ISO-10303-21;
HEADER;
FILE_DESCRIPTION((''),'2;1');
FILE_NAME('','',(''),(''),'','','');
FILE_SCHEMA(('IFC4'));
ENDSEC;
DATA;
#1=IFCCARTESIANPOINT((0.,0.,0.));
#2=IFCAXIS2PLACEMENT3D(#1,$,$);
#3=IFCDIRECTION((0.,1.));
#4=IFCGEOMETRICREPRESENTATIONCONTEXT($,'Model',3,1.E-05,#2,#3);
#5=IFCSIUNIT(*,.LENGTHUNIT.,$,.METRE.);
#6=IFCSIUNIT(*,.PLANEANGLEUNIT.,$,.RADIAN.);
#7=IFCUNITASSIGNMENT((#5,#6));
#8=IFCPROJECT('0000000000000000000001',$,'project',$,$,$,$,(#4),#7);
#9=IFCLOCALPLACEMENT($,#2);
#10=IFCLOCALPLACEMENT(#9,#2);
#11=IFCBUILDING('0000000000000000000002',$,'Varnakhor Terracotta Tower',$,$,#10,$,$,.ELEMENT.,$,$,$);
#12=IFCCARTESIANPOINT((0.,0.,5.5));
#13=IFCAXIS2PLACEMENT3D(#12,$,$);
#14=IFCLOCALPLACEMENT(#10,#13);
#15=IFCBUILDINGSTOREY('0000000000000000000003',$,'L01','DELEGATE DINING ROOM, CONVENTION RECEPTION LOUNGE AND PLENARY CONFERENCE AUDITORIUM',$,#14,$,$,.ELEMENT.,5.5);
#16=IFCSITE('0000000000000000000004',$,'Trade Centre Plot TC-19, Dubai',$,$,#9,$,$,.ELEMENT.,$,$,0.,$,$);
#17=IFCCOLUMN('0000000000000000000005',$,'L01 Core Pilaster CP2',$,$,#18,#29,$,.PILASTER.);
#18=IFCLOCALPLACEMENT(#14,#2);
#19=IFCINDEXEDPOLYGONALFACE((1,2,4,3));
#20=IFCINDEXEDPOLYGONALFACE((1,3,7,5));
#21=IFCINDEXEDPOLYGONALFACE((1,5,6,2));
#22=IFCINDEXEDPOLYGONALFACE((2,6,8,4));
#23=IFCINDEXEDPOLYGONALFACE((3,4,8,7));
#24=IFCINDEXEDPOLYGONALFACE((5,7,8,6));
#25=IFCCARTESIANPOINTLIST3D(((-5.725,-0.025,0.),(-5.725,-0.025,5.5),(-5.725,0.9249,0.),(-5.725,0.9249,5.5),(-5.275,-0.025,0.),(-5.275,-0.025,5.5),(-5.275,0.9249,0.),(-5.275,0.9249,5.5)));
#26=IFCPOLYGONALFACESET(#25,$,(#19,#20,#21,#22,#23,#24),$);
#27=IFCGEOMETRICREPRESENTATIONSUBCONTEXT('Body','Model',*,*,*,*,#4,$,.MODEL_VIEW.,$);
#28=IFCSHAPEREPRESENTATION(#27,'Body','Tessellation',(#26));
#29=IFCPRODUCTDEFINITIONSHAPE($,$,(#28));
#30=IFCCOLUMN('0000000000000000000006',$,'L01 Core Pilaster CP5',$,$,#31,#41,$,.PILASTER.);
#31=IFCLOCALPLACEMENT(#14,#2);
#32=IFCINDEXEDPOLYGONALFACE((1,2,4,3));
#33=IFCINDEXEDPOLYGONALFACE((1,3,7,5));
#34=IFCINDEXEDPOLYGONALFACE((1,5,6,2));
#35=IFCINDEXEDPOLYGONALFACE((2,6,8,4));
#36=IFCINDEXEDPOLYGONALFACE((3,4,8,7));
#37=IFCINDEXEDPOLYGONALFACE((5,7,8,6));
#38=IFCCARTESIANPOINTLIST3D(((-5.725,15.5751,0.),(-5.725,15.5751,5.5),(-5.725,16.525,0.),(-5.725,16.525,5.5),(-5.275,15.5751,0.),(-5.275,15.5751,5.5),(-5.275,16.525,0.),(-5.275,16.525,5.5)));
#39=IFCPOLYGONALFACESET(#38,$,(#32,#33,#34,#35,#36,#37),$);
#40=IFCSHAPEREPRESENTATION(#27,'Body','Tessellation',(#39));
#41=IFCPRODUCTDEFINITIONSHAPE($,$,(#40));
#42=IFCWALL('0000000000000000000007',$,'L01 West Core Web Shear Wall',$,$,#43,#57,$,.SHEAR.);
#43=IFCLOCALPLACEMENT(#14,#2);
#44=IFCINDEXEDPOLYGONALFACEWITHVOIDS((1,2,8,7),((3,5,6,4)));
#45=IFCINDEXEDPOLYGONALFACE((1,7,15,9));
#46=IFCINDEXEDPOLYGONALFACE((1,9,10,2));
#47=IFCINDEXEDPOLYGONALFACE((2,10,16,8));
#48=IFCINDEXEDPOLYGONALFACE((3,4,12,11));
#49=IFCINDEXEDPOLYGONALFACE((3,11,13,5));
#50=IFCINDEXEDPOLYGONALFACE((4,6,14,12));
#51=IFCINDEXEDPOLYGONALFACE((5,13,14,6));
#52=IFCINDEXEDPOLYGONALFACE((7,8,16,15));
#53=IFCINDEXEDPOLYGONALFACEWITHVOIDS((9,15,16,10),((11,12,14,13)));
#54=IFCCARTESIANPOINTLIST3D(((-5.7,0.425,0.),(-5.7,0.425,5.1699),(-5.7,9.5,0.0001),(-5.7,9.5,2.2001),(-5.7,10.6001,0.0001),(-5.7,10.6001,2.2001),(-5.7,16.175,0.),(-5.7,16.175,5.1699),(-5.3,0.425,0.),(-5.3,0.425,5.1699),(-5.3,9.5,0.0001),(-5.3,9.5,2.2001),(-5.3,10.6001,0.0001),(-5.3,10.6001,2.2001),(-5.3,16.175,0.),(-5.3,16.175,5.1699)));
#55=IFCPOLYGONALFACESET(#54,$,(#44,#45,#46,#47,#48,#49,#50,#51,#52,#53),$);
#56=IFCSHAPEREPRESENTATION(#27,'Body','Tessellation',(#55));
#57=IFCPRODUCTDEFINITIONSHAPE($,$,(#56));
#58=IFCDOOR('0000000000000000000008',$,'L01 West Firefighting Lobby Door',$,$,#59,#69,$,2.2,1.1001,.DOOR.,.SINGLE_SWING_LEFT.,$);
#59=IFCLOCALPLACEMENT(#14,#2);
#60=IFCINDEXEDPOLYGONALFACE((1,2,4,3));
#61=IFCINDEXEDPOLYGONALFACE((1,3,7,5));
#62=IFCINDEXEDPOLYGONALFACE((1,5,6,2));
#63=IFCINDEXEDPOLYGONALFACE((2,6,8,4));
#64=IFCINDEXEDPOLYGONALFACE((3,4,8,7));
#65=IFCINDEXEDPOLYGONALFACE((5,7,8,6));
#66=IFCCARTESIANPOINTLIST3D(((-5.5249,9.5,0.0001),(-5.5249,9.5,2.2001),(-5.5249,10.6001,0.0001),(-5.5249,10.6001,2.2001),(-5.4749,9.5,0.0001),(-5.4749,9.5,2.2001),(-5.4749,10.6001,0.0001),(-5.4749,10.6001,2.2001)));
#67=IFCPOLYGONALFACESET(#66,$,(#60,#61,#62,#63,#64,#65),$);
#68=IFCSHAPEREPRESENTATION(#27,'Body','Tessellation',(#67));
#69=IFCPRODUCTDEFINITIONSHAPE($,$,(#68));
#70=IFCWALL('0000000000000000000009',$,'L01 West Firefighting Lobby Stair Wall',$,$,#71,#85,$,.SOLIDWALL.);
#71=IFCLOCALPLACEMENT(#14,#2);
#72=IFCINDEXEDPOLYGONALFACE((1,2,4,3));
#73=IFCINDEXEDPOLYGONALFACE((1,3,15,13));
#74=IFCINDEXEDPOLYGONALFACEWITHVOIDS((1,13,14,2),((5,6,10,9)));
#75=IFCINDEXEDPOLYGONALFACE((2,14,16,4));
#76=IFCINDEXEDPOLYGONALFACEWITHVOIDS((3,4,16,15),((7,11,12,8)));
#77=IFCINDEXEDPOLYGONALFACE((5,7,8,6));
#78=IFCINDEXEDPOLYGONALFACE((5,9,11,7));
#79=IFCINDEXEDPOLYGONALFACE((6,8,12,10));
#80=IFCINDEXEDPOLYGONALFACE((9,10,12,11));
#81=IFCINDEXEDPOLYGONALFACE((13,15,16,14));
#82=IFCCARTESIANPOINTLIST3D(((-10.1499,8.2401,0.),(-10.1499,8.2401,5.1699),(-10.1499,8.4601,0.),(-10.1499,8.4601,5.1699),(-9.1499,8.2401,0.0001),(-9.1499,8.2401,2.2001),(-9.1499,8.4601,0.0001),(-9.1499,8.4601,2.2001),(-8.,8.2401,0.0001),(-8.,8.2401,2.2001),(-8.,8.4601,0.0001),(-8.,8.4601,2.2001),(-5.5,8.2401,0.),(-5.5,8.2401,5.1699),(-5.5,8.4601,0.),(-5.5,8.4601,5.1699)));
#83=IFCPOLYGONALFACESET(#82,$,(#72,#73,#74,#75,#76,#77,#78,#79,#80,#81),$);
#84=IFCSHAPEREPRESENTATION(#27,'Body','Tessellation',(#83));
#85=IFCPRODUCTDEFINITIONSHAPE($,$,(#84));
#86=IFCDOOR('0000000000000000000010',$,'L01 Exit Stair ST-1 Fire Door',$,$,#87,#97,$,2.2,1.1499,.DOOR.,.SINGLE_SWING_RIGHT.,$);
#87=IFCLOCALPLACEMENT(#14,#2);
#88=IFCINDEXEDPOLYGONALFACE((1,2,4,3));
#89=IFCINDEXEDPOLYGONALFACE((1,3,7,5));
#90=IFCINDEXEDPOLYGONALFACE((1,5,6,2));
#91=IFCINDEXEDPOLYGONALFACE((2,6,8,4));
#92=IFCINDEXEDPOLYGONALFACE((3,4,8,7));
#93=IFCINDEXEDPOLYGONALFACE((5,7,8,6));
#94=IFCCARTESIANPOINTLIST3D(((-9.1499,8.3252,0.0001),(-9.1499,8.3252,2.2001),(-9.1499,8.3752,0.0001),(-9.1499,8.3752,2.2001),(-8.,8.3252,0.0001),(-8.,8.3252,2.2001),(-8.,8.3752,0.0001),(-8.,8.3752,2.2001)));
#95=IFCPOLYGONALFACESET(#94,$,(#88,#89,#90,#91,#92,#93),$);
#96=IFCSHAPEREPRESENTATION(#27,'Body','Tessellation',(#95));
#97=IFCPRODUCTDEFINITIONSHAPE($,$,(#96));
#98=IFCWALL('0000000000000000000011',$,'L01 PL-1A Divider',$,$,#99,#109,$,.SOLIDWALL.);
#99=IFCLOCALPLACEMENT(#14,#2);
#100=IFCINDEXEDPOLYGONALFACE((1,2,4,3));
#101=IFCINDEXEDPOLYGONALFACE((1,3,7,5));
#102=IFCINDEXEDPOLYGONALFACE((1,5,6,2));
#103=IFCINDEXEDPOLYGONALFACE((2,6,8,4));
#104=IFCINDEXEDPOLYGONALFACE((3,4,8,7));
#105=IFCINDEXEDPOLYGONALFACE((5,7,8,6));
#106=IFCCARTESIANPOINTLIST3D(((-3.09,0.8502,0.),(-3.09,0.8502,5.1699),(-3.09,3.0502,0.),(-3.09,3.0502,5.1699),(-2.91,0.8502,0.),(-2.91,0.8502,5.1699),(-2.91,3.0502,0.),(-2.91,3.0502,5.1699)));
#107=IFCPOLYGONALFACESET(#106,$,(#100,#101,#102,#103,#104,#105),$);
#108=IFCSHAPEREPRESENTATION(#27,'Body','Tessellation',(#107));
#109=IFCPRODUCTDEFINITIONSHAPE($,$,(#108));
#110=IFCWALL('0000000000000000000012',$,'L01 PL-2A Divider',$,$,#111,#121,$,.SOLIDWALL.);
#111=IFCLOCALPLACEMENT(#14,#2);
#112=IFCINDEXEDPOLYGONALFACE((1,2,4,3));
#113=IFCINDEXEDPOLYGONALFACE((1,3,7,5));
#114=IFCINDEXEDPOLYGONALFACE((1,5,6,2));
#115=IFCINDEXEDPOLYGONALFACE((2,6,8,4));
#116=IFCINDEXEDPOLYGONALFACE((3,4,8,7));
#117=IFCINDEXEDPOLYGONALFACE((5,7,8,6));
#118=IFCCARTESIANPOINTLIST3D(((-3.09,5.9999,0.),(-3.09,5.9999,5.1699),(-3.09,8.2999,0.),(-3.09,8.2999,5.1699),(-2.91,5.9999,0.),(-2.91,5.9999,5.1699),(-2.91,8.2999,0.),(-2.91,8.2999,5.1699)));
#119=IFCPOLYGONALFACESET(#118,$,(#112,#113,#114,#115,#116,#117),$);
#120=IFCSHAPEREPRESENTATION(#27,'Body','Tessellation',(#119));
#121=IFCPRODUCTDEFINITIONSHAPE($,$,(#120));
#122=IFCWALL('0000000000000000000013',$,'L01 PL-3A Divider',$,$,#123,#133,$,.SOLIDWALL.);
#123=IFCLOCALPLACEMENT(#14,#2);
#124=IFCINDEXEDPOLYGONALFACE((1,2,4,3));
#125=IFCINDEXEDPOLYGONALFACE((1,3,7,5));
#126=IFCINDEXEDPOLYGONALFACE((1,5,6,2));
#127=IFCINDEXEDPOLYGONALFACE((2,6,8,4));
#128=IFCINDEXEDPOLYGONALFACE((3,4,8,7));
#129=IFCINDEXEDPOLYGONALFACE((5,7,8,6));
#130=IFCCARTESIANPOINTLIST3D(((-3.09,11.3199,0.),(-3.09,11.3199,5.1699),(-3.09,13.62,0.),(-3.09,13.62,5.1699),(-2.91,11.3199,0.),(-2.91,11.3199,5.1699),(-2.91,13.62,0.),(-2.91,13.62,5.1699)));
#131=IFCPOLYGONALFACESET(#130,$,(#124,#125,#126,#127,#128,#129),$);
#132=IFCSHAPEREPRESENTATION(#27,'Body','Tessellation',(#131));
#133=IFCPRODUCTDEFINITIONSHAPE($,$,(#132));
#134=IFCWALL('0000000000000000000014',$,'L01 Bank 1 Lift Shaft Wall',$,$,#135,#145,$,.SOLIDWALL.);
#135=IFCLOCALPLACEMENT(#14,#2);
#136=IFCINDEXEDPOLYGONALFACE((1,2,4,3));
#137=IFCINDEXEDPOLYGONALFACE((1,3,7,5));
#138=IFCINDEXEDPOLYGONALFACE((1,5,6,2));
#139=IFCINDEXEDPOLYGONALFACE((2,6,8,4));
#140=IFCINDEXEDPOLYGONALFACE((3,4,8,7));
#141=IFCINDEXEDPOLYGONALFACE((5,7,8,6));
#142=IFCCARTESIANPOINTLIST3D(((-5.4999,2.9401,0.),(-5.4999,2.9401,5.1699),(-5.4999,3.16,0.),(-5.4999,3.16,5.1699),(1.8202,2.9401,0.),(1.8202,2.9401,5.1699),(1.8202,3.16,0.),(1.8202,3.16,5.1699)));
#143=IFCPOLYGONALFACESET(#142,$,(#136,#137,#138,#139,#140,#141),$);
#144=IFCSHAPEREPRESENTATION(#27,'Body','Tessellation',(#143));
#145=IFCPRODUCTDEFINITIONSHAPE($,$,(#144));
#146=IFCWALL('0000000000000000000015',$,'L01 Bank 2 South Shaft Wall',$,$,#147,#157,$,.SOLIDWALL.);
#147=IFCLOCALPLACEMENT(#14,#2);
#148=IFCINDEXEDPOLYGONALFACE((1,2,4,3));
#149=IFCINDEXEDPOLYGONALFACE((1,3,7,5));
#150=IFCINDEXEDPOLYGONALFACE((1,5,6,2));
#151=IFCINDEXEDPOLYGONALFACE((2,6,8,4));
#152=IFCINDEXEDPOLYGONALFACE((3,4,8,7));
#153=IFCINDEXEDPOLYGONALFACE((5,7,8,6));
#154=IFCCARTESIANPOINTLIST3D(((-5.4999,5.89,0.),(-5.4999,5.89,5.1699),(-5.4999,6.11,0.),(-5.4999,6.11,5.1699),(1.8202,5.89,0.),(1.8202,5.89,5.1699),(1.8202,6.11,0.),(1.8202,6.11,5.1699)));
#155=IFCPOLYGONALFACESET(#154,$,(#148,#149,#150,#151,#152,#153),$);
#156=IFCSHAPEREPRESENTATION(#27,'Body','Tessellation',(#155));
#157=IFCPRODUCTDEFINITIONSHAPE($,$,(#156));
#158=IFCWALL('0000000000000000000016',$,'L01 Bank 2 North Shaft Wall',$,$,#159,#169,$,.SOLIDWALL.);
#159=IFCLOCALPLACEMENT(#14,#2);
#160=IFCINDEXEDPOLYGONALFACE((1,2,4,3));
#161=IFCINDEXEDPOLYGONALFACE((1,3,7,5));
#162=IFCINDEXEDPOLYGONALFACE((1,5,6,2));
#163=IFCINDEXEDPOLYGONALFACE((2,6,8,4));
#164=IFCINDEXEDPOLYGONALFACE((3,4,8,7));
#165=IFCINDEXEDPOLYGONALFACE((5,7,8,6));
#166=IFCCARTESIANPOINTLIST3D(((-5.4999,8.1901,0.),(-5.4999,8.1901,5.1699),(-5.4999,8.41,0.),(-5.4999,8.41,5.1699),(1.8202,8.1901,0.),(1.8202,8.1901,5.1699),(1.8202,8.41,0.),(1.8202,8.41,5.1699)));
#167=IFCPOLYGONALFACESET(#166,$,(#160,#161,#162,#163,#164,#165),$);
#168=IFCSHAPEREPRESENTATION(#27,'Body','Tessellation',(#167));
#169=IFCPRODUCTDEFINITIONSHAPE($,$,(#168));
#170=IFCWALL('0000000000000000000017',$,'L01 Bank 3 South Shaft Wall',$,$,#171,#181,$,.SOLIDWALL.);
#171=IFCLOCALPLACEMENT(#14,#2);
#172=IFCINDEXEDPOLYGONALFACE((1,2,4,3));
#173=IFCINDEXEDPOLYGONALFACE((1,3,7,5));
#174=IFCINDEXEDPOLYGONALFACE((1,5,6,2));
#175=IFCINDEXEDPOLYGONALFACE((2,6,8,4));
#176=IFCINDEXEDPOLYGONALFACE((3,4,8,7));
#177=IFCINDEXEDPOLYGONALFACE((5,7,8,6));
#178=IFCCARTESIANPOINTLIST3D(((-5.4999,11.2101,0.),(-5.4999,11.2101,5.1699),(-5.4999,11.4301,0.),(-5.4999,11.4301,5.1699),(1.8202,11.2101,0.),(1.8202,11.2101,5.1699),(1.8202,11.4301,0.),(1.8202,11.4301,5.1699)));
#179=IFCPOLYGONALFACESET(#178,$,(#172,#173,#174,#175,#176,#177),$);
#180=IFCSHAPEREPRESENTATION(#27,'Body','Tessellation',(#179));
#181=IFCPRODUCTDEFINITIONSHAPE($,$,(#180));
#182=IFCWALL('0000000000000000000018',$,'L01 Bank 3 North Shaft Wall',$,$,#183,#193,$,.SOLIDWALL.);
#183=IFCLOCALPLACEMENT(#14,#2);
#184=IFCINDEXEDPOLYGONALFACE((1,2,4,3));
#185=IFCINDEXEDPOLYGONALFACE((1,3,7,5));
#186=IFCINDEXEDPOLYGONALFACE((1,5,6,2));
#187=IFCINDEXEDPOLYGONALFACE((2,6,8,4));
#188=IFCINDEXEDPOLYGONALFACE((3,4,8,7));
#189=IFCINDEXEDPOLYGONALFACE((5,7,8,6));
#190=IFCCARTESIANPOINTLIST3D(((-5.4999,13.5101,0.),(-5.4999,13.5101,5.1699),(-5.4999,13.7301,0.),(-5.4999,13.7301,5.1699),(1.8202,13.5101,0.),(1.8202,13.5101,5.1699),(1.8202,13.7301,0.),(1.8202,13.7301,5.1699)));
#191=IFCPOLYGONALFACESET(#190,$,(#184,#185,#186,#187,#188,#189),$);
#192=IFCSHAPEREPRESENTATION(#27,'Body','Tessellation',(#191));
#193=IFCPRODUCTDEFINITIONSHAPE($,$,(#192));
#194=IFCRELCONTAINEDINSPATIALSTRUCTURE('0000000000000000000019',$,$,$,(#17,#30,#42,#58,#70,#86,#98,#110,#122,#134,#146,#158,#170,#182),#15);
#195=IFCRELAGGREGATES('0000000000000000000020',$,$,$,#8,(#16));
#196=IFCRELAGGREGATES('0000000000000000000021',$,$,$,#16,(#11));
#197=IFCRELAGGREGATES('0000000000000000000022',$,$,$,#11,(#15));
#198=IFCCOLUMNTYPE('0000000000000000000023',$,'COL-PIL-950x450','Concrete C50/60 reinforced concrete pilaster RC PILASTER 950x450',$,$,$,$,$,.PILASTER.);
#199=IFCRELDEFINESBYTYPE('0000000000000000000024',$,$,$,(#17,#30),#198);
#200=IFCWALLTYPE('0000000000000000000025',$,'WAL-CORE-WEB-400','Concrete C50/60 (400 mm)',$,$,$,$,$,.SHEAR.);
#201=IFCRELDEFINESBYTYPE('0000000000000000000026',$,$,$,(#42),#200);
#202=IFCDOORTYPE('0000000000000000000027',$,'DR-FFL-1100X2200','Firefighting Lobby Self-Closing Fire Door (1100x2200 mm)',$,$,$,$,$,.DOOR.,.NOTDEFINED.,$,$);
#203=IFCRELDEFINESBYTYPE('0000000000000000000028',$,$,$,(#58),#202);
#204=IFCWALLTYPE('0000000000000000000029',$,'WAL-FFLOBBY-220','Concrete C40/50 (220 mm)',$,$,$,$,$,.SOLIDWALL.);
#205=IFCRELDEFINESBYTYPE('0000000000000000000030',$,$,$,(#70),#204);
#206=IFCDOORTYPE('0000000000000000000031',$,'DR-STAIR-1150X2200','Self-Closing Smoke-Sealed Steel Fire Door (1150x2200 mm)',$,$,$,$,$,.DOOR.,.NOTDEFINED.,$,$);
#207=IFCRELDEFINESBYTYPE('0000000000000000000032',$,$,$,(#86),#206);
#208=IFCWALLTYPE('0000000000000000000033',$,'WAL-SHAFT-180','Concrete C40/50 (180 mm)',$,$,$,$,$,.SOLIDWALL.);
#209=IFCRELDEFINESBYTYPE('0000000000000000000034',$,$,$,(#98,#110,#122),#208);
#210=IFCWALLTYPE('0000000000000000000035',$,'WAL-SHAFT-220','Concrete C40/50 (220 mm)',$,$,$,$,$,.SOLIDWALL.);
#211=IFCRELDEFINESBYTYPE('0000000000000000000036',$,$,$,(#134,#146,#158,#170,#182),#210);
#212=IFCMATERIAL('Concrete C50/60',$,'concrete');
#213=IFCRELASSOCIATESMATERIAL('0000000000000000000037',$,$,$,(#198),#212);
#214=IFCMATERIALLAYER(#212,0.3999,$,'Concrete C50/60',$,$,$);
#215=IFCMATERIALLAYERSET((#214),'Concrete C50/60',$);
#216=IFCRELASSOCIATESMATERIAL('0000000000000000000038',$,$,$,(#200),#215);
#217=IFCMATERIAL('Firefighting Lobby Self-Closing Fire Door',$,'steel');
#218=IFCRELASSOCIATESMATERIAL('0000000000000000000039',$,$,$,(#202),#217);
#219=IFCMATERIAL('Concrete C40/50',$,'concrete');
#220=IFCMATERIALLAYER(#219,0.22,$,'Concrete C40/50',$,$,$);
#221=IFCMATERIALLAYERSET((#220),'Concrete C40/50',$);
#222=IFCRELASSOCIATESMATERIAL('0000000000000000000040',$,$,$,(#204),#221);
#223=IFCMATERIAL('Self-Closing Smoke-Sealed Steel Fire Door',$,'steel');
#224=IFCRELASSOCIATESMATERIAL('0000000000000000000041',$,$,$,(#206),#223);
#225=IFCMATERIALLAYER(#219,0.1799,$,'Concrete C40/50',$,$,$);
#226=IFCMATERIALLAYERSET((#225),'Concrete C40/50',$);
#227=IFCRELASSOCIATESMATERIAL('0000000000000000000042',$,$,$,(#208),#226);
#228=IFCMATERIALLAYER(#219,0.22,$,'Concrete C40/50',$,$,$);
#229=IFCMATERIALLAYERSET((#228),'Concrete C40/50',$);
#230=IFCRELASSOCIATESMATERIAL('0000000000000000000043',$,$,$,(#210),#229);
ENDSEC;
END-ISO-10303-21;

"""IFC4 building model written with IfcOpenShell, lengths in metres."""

from ifc_helpers import new_model, si_unit, direction, frame, frame_2d, origin, origin_2d, place, context, subcontext, project, spatial, rectangle, extrude, source, transform, mapped, material, layer, layer_set, material_profile, profile_set, type_object, type_shapes, element, fill, save


model = new_model("IFC4")

# Units and contexts
model_context = context("Model", 3, precision=1e-05, world=origin(), true_north=direction((0.0, 1.0)))
body_context = subcontext(model_context, "Body", "Model", "MODEL_VIEW")
ifc_project = project(units=[si_unit("LENGTHUNIT", "METRE"), si_unit("PLANEANGLEUNIT", "RADIAN")], contexts=[model_context])

# Site, building, storey
site_placement = place(None, origin())
site = spatial("IfcSite", under=ifc_project, at=site_placement, Name="Trade Centre Plot TC-19, Dubai", CompositionType="ELEMENT", RefElevation=0.0)
building_placement = place(site_placement, origin())
building = spatial("IfcBuilding", under=site, at=building_placement, Name="Varnakhor Terracotta Tower", CompositionType="ELEMENT")
storey_placement = place(building_placement, frame((0.0, 0.0, 5.5)))
storey = spatial("IfcBuildingStorey", under=building, at=storey_placement, Name="L01", Description="DELEGATE DINING ROOM, CONVENTION RECEPTION LOUNGE AND PLENARY CONFERENCE AUDITORIUM", CompositionType="ELEMENT", Elevation=5.5)

# Columns
ifc_material_1 = material(Name="Concrete C50/60", Category="concrete")
ifc_material_profile = material_profile(ifc_material_1, rectangle(XDim=0.45, YDim=0.95, at=origin_2d()), Name="RC PILASTER 950x450")
ifc_profile_set = profile_set([ifc_material_profile], Name="Concrete C50/60")
column_type = type_object("IfcColumnType", Name="COL-PIL-950x450", Description="Concrete C50/60 reinforced concrete pilaster RC PILASTER 950x450", PredefinedType="PILASTER", material=ifc_profile_set)
shared_shape_1 = source(origin(), body_context, "Body", "SweptSolid", [
    extrude(rectangle(XDim=0.45, YDim=0.95, at=origin_2d()), origin(), (0.0, 0.0, 1.0), 5.5),
])
for number, where, z_axis, x_axis, name in (
    (1, (-5.5, 0.45, 0.0), (0.0, 0.0, 1.0), (1.0, 0.0, 0.0), "L01 Core Pilaster CP2"),
    (2, (-5.5, 16.05, 0.0), (0.0, 0.0, 1.0), (1.0, 0.0, 0.0), "L01 Core Pilaster CP5"),
):
    element("IfcColumn", number, at=place(storey_placement, frame(where, z_axis=z_axis, x_axis=x_axis)), inside=storey, type_object=column_type, Name=name, PredefinedType="PILASTER", context=body_context, shape_type="MappedRepresentation", body=[
        mapped(shared_shape_1, transform((0.0, 0.0, 0.0), scale=1.0)),
    ])

# Walls, openings, doors
ifc_layer_1 = layer(ifc_material_1, 0.3999, Name="Concrete C50/60")
ifc_layer_set_1 = layer_set([ifc_layer_1], Name="Concrete C50/60")
wall_type_1 = type_object("IfcWallType", Name="WAL-CORE-WEB-400", Description="Concrete C50/60 (400 mm)", PredefinedType="SHEAR", material=ifc_layer_set_1)
wall_1_placement = place(storey_placement, frame((-5.5, 0.425, 0.0), z_axis=(0.0, 0.0, 1.0), x_axis=(0.0, 1.0, 0.0)))
wall_1 = element("IfcWall", 3, at=wall_1_placement, inside=storey, type_object=wall_type_1, Name="L01 West Core Web Shear Wall", PredefinedType="SHEAR", context=body_context, shape_type="SweptSolid", body=[
    extrude(rectangle(XDim=15.75, YDim=0.3999, at=frame_2d((7.875, 0.0))), origin(), (0.0, 0.0, 1.0), 5.1699),
])
opening_1_placement = place(wall_1_placement, frame((9.075, 0.0, 0.0)))
opening_1 = element("IfcOpeningElement", 4, at=opening_1_placement, cuts=wall_1, PredefinedType="OPENING", context=body_context, shape_type="SweptSolid", body=[
    extrude(rectangle(XDim=1.1001, YDim=2.2, at=frame_2d((0.55, 1.1001))), frame((0.0, 0.21, 0.0), z_axis=(0.0, -1.0, 0.0), x_axis=(1.0, 0.0, 0.0)), (0.0, 0.0, 1.0), 0.4199),
])
ifc_material_2 = material(Name="Firefighting Lobby Self-Closing Fire Door", Category="steel")
door_type_1 = type_object("IfcDoorType", Name="DR-FFL-1100X2200", Description="Firefighting Lobby Self-Closing Fire Door (1100x2200 mm)", OperationType="NOTDEFINED", PredefinedType="DOOR", material=ifc_material_2)
shared_shape_2 = source(origin(), body_context, "Body", "SweptSolid", [
    extrude(rectangle(XDim=1.1001, YDim=2.2, at=frame_2d((0.55, 1.1001))), frame((0.0, 0.0249, 0.0), z_axis=(0.0, -1.0, 0.0), x_axis=(1.0, 0.0, 0.0)), (0.0, 0.0, 1.0), 0.05),
])
type_shapes(door_type_1, [shared_shape_2])
door_1_placement = place(opening_1_placement, origin())
door_1 = element("IfcDoor", 5, at=door_1_placement, inside=storey, type_object=door_type_1, Name="L01 West Firefighting Lobby Door", OperationType="SINGLE_SWING_LEFT", OverallHeight=2.2, OverallWidth=1.1001, PredefinedType="DOOR", context=body_context, shape_type="MappedRepresentation", body=[
    mapped(shared_shape_2, transform((0.0, 0.0, 0.0), scale=1.0)),
])
fill(opening_1, door_1)
ifc_material_3 = material(Name="Concrete C40/50", Category="concrete")
ifc_layer_2 = layer(ifc_material_3, 0.22, Name="Concrete C40/50")
ifc_layer_set_2 = layer_set([ifc_layer_2], Name="Concrete C40/50")
wall_type_2 = type_object("IfcWallType", Name="WAL-FFLOBBY-220", Description="Concrete C40/50 (220 mm)", PredefinedType="SOLIDWALL", material=ifc_layer_set_2)
wall_2_placement = place(storey_placement, frame((-5.5, 8.3501, 0.0), z_axis=(0.0, 0.0, 1.0), x_axis=(-1.0, 0.0, 0.0)))
wall_2 = element("IfcWall", 6, at=wall_2_placement, inside=storey, type_object=wall_type_2, Name="L01 West Firefighting Lobby Stair Wall", PredefinedType="SOLIDWALL", context=body_context, shape_type="SweptSolid", body=[
    extrude(rectangle(XDim=4.6499, YDim=0.22, at=frame_2d((2.325, 0.0))), origin(), (0.0, 0.0, 1.0), 5.1699),
])
opening_2_placement = place(wall_2_placement, frame((2.5, 0.0, 0.0)))
opening_2 = element("IfcOpeningElement", 7, at=opening_2_placement, cuts=wall_2, PredefinedType="OPENING", context=body_context, shape_type="SweptSolid", body=[
    extrude(rectangle(XDim=1.1499, YDim=2.2, at=frame_2d((0.575, 1.1001))), frame((0.0, 0.1201, 0.0), z_axis=(0.0, -1.0, 0.0), x_axis=(1.0, 0.0, 0.0)), (0.0, 0.0, 1.0), 0.24),
])
ifc_material_4 = material(Name="Self-Closing Smoke-Sealed Steel Fire Door", Category="steel")
door_type_2 = type_object("IfcDoorType", Name="DR-STAIR-1150X2200", Description="Self-Closing Smoke-Sealed Steel Fire Door (1150x2200 mm)", OperationType="NOTDEFINED", PredefinedType="DOOR", material=ifc_material_4)
shared_shape_3 = source(origin(), body_context, "Body", "SweptSolid", [
    extrude(rectangle(XDim=1.1499, YDim=2.2, at=frame_2d((0.575, 1.1001))), frame((0.0, 0.0249, 0.0), z_axis=(0.0, -1.0, 0.0), x_axis=(1.0, 0.0, 0.0)), (0.0, 0.0, 1.0), 0.05),
])
type_shapes(door_type_2, [shared_shape_3])
door_2_placement = place(opening_2_placement, origin())
door_2 = element("IfcDoor", 8, at=door_2_placement, inside=storey, type_object=door_type_2, Name="L01 Exit Stair ST-1 Fire Door", OperationType="SINGLE_SWING_RIGHT", OverallHeight=2.2, OverallWidth=1.1499, PredefinedType="DOOR", context=body_context, shape_type="MappedRepresentation", body=[
    mapped(shared_shape_3, transform((0.0, 0.0, 0.0), scale=1.0)),
])
fill(opening_2, door_2)

# Walls
ifc_layer_3 = layer(ifc_material_3, 0.1799, Name="Concrete C40/50")
ifc_layer_set_3 = layer_set([ifc_layer_3], Name="Concrete C40/50")
wall_type_3 = type_object("IfcWallType", Name="WAL-SHAFT-180", Description="Concrete C40/50 (180 mm)", PredefinedType="SOLIDWALL", material=ifc_layer_set_3)
wall_3_placement = place(storey_placement, frame((-3.0, 0.8501, 0.0), z_axis=(0.0, 0.0, 1.0), x_axis=(0.0, 1.0, 0.0)))
element("IfcWall", 9, at=wall_3_placement, inside=storey, type_object=wall_type_3, Name="L01 PL-1A Divider", PredefinedType="SOLIDWALL", context=body_context, shape_type="SweptSolid", body=[
    extrude(rectangle(XDim=2.2, YDim=0.1799, at=frame_2d((1.1001, 0.0))), origin(), (0.0, 0.0, 1.0), 5.1699),
])
for number, where, z_axis, x_axis, name in (
    (10, (-3.0, 6.0, 0.0), (0.0, 0.0, 1.0), (0.0, 1.0, 0.0), "L01 PL-2A Divider"),
    (11, (-3.0, 11.3201, 0.0), (0.0, 0.0, 1.0), (0.0, 1.0, 0.0), "L01 PL-3A Divider"),
):
    element("IfcWall", number, at=place(storey_placement, frame(where, z_axis=z_axis, x_axis=x_axis)), inside=storey, type_object=wall_type_3, Name=name, PredefinedType="SOLIDWALL", context=body_context, shape_type="SweptSolid", body=[
        extrude(rectangle(XDim=2.3, YDim=0.1799, at=frame_2d((1.1499, 0.0))), origin(), (0.0, 0.0, 1.0), 5.1699),
    ])
ifc_layer_4 = layer(ifc_material_3, 0.22, Name="Concrete C40/50")
ifc_layer_set_4 = layer_set([ifc_layer_4], Name="Concrete C40/50")
wall_type_4 = type_object("IfcWallType", Name="WAL-SHAFT-220", Description="Concrete C40/50 (220 mm)", PredefinedType="SOLIDWALL", material=ifc_layer_set_4)
for number, where, z_axis, x_axis, name in (
    (12, (-5.5, 3.05, 0.0), (0.0, 0.0, 1.0), (1.0, 0.0, 0.0), "L01 Bank 1 Lift Shaft Wall"),
    (13, (-5.5, 6.0, 0.0), (0.0, 0.0, 1.0), (1.0, 0.0, 0.0), "L01 Bank 2 South Shaft Wall"),
    (14, (-5.5, 8.3, 0.0), (0.0, 0.0, 1.0), (1.0, 0.0, 0.0), "L01 Bank 2 North Shaft Wall"),
    (15, (-5.5, 11.3201, 0.0), (0.0, 0.0, 1.0), (1.0, 0.0, 0.0), "L01 Bank 3 South Shaft Wall"),
    (16, (-5.5, 13.6201, 0.0), (0.0, 0.0, 1.0), (1.0, 0.0, 0.0), "L01 Bank 3 North Shaft Wall"),
):
    element("IfcWall", number, at=place(storey_placement, frame(where, z_axis=z_axis, x_axis=x_axis)), inside=storey, type_object=wall_type_4, Name=name, PredefinedType="SOLIDWALL", context=body_context, shape_type="SweptSolid", body=[
        extrude(rectangle(XDim=7.3201, YDim=0.22, at=frame_2d((3.6602, 0.0))), origin(), (0.0, 0.0, 1.0), 5.1699),
    ])

save(model, "model.ifc")
